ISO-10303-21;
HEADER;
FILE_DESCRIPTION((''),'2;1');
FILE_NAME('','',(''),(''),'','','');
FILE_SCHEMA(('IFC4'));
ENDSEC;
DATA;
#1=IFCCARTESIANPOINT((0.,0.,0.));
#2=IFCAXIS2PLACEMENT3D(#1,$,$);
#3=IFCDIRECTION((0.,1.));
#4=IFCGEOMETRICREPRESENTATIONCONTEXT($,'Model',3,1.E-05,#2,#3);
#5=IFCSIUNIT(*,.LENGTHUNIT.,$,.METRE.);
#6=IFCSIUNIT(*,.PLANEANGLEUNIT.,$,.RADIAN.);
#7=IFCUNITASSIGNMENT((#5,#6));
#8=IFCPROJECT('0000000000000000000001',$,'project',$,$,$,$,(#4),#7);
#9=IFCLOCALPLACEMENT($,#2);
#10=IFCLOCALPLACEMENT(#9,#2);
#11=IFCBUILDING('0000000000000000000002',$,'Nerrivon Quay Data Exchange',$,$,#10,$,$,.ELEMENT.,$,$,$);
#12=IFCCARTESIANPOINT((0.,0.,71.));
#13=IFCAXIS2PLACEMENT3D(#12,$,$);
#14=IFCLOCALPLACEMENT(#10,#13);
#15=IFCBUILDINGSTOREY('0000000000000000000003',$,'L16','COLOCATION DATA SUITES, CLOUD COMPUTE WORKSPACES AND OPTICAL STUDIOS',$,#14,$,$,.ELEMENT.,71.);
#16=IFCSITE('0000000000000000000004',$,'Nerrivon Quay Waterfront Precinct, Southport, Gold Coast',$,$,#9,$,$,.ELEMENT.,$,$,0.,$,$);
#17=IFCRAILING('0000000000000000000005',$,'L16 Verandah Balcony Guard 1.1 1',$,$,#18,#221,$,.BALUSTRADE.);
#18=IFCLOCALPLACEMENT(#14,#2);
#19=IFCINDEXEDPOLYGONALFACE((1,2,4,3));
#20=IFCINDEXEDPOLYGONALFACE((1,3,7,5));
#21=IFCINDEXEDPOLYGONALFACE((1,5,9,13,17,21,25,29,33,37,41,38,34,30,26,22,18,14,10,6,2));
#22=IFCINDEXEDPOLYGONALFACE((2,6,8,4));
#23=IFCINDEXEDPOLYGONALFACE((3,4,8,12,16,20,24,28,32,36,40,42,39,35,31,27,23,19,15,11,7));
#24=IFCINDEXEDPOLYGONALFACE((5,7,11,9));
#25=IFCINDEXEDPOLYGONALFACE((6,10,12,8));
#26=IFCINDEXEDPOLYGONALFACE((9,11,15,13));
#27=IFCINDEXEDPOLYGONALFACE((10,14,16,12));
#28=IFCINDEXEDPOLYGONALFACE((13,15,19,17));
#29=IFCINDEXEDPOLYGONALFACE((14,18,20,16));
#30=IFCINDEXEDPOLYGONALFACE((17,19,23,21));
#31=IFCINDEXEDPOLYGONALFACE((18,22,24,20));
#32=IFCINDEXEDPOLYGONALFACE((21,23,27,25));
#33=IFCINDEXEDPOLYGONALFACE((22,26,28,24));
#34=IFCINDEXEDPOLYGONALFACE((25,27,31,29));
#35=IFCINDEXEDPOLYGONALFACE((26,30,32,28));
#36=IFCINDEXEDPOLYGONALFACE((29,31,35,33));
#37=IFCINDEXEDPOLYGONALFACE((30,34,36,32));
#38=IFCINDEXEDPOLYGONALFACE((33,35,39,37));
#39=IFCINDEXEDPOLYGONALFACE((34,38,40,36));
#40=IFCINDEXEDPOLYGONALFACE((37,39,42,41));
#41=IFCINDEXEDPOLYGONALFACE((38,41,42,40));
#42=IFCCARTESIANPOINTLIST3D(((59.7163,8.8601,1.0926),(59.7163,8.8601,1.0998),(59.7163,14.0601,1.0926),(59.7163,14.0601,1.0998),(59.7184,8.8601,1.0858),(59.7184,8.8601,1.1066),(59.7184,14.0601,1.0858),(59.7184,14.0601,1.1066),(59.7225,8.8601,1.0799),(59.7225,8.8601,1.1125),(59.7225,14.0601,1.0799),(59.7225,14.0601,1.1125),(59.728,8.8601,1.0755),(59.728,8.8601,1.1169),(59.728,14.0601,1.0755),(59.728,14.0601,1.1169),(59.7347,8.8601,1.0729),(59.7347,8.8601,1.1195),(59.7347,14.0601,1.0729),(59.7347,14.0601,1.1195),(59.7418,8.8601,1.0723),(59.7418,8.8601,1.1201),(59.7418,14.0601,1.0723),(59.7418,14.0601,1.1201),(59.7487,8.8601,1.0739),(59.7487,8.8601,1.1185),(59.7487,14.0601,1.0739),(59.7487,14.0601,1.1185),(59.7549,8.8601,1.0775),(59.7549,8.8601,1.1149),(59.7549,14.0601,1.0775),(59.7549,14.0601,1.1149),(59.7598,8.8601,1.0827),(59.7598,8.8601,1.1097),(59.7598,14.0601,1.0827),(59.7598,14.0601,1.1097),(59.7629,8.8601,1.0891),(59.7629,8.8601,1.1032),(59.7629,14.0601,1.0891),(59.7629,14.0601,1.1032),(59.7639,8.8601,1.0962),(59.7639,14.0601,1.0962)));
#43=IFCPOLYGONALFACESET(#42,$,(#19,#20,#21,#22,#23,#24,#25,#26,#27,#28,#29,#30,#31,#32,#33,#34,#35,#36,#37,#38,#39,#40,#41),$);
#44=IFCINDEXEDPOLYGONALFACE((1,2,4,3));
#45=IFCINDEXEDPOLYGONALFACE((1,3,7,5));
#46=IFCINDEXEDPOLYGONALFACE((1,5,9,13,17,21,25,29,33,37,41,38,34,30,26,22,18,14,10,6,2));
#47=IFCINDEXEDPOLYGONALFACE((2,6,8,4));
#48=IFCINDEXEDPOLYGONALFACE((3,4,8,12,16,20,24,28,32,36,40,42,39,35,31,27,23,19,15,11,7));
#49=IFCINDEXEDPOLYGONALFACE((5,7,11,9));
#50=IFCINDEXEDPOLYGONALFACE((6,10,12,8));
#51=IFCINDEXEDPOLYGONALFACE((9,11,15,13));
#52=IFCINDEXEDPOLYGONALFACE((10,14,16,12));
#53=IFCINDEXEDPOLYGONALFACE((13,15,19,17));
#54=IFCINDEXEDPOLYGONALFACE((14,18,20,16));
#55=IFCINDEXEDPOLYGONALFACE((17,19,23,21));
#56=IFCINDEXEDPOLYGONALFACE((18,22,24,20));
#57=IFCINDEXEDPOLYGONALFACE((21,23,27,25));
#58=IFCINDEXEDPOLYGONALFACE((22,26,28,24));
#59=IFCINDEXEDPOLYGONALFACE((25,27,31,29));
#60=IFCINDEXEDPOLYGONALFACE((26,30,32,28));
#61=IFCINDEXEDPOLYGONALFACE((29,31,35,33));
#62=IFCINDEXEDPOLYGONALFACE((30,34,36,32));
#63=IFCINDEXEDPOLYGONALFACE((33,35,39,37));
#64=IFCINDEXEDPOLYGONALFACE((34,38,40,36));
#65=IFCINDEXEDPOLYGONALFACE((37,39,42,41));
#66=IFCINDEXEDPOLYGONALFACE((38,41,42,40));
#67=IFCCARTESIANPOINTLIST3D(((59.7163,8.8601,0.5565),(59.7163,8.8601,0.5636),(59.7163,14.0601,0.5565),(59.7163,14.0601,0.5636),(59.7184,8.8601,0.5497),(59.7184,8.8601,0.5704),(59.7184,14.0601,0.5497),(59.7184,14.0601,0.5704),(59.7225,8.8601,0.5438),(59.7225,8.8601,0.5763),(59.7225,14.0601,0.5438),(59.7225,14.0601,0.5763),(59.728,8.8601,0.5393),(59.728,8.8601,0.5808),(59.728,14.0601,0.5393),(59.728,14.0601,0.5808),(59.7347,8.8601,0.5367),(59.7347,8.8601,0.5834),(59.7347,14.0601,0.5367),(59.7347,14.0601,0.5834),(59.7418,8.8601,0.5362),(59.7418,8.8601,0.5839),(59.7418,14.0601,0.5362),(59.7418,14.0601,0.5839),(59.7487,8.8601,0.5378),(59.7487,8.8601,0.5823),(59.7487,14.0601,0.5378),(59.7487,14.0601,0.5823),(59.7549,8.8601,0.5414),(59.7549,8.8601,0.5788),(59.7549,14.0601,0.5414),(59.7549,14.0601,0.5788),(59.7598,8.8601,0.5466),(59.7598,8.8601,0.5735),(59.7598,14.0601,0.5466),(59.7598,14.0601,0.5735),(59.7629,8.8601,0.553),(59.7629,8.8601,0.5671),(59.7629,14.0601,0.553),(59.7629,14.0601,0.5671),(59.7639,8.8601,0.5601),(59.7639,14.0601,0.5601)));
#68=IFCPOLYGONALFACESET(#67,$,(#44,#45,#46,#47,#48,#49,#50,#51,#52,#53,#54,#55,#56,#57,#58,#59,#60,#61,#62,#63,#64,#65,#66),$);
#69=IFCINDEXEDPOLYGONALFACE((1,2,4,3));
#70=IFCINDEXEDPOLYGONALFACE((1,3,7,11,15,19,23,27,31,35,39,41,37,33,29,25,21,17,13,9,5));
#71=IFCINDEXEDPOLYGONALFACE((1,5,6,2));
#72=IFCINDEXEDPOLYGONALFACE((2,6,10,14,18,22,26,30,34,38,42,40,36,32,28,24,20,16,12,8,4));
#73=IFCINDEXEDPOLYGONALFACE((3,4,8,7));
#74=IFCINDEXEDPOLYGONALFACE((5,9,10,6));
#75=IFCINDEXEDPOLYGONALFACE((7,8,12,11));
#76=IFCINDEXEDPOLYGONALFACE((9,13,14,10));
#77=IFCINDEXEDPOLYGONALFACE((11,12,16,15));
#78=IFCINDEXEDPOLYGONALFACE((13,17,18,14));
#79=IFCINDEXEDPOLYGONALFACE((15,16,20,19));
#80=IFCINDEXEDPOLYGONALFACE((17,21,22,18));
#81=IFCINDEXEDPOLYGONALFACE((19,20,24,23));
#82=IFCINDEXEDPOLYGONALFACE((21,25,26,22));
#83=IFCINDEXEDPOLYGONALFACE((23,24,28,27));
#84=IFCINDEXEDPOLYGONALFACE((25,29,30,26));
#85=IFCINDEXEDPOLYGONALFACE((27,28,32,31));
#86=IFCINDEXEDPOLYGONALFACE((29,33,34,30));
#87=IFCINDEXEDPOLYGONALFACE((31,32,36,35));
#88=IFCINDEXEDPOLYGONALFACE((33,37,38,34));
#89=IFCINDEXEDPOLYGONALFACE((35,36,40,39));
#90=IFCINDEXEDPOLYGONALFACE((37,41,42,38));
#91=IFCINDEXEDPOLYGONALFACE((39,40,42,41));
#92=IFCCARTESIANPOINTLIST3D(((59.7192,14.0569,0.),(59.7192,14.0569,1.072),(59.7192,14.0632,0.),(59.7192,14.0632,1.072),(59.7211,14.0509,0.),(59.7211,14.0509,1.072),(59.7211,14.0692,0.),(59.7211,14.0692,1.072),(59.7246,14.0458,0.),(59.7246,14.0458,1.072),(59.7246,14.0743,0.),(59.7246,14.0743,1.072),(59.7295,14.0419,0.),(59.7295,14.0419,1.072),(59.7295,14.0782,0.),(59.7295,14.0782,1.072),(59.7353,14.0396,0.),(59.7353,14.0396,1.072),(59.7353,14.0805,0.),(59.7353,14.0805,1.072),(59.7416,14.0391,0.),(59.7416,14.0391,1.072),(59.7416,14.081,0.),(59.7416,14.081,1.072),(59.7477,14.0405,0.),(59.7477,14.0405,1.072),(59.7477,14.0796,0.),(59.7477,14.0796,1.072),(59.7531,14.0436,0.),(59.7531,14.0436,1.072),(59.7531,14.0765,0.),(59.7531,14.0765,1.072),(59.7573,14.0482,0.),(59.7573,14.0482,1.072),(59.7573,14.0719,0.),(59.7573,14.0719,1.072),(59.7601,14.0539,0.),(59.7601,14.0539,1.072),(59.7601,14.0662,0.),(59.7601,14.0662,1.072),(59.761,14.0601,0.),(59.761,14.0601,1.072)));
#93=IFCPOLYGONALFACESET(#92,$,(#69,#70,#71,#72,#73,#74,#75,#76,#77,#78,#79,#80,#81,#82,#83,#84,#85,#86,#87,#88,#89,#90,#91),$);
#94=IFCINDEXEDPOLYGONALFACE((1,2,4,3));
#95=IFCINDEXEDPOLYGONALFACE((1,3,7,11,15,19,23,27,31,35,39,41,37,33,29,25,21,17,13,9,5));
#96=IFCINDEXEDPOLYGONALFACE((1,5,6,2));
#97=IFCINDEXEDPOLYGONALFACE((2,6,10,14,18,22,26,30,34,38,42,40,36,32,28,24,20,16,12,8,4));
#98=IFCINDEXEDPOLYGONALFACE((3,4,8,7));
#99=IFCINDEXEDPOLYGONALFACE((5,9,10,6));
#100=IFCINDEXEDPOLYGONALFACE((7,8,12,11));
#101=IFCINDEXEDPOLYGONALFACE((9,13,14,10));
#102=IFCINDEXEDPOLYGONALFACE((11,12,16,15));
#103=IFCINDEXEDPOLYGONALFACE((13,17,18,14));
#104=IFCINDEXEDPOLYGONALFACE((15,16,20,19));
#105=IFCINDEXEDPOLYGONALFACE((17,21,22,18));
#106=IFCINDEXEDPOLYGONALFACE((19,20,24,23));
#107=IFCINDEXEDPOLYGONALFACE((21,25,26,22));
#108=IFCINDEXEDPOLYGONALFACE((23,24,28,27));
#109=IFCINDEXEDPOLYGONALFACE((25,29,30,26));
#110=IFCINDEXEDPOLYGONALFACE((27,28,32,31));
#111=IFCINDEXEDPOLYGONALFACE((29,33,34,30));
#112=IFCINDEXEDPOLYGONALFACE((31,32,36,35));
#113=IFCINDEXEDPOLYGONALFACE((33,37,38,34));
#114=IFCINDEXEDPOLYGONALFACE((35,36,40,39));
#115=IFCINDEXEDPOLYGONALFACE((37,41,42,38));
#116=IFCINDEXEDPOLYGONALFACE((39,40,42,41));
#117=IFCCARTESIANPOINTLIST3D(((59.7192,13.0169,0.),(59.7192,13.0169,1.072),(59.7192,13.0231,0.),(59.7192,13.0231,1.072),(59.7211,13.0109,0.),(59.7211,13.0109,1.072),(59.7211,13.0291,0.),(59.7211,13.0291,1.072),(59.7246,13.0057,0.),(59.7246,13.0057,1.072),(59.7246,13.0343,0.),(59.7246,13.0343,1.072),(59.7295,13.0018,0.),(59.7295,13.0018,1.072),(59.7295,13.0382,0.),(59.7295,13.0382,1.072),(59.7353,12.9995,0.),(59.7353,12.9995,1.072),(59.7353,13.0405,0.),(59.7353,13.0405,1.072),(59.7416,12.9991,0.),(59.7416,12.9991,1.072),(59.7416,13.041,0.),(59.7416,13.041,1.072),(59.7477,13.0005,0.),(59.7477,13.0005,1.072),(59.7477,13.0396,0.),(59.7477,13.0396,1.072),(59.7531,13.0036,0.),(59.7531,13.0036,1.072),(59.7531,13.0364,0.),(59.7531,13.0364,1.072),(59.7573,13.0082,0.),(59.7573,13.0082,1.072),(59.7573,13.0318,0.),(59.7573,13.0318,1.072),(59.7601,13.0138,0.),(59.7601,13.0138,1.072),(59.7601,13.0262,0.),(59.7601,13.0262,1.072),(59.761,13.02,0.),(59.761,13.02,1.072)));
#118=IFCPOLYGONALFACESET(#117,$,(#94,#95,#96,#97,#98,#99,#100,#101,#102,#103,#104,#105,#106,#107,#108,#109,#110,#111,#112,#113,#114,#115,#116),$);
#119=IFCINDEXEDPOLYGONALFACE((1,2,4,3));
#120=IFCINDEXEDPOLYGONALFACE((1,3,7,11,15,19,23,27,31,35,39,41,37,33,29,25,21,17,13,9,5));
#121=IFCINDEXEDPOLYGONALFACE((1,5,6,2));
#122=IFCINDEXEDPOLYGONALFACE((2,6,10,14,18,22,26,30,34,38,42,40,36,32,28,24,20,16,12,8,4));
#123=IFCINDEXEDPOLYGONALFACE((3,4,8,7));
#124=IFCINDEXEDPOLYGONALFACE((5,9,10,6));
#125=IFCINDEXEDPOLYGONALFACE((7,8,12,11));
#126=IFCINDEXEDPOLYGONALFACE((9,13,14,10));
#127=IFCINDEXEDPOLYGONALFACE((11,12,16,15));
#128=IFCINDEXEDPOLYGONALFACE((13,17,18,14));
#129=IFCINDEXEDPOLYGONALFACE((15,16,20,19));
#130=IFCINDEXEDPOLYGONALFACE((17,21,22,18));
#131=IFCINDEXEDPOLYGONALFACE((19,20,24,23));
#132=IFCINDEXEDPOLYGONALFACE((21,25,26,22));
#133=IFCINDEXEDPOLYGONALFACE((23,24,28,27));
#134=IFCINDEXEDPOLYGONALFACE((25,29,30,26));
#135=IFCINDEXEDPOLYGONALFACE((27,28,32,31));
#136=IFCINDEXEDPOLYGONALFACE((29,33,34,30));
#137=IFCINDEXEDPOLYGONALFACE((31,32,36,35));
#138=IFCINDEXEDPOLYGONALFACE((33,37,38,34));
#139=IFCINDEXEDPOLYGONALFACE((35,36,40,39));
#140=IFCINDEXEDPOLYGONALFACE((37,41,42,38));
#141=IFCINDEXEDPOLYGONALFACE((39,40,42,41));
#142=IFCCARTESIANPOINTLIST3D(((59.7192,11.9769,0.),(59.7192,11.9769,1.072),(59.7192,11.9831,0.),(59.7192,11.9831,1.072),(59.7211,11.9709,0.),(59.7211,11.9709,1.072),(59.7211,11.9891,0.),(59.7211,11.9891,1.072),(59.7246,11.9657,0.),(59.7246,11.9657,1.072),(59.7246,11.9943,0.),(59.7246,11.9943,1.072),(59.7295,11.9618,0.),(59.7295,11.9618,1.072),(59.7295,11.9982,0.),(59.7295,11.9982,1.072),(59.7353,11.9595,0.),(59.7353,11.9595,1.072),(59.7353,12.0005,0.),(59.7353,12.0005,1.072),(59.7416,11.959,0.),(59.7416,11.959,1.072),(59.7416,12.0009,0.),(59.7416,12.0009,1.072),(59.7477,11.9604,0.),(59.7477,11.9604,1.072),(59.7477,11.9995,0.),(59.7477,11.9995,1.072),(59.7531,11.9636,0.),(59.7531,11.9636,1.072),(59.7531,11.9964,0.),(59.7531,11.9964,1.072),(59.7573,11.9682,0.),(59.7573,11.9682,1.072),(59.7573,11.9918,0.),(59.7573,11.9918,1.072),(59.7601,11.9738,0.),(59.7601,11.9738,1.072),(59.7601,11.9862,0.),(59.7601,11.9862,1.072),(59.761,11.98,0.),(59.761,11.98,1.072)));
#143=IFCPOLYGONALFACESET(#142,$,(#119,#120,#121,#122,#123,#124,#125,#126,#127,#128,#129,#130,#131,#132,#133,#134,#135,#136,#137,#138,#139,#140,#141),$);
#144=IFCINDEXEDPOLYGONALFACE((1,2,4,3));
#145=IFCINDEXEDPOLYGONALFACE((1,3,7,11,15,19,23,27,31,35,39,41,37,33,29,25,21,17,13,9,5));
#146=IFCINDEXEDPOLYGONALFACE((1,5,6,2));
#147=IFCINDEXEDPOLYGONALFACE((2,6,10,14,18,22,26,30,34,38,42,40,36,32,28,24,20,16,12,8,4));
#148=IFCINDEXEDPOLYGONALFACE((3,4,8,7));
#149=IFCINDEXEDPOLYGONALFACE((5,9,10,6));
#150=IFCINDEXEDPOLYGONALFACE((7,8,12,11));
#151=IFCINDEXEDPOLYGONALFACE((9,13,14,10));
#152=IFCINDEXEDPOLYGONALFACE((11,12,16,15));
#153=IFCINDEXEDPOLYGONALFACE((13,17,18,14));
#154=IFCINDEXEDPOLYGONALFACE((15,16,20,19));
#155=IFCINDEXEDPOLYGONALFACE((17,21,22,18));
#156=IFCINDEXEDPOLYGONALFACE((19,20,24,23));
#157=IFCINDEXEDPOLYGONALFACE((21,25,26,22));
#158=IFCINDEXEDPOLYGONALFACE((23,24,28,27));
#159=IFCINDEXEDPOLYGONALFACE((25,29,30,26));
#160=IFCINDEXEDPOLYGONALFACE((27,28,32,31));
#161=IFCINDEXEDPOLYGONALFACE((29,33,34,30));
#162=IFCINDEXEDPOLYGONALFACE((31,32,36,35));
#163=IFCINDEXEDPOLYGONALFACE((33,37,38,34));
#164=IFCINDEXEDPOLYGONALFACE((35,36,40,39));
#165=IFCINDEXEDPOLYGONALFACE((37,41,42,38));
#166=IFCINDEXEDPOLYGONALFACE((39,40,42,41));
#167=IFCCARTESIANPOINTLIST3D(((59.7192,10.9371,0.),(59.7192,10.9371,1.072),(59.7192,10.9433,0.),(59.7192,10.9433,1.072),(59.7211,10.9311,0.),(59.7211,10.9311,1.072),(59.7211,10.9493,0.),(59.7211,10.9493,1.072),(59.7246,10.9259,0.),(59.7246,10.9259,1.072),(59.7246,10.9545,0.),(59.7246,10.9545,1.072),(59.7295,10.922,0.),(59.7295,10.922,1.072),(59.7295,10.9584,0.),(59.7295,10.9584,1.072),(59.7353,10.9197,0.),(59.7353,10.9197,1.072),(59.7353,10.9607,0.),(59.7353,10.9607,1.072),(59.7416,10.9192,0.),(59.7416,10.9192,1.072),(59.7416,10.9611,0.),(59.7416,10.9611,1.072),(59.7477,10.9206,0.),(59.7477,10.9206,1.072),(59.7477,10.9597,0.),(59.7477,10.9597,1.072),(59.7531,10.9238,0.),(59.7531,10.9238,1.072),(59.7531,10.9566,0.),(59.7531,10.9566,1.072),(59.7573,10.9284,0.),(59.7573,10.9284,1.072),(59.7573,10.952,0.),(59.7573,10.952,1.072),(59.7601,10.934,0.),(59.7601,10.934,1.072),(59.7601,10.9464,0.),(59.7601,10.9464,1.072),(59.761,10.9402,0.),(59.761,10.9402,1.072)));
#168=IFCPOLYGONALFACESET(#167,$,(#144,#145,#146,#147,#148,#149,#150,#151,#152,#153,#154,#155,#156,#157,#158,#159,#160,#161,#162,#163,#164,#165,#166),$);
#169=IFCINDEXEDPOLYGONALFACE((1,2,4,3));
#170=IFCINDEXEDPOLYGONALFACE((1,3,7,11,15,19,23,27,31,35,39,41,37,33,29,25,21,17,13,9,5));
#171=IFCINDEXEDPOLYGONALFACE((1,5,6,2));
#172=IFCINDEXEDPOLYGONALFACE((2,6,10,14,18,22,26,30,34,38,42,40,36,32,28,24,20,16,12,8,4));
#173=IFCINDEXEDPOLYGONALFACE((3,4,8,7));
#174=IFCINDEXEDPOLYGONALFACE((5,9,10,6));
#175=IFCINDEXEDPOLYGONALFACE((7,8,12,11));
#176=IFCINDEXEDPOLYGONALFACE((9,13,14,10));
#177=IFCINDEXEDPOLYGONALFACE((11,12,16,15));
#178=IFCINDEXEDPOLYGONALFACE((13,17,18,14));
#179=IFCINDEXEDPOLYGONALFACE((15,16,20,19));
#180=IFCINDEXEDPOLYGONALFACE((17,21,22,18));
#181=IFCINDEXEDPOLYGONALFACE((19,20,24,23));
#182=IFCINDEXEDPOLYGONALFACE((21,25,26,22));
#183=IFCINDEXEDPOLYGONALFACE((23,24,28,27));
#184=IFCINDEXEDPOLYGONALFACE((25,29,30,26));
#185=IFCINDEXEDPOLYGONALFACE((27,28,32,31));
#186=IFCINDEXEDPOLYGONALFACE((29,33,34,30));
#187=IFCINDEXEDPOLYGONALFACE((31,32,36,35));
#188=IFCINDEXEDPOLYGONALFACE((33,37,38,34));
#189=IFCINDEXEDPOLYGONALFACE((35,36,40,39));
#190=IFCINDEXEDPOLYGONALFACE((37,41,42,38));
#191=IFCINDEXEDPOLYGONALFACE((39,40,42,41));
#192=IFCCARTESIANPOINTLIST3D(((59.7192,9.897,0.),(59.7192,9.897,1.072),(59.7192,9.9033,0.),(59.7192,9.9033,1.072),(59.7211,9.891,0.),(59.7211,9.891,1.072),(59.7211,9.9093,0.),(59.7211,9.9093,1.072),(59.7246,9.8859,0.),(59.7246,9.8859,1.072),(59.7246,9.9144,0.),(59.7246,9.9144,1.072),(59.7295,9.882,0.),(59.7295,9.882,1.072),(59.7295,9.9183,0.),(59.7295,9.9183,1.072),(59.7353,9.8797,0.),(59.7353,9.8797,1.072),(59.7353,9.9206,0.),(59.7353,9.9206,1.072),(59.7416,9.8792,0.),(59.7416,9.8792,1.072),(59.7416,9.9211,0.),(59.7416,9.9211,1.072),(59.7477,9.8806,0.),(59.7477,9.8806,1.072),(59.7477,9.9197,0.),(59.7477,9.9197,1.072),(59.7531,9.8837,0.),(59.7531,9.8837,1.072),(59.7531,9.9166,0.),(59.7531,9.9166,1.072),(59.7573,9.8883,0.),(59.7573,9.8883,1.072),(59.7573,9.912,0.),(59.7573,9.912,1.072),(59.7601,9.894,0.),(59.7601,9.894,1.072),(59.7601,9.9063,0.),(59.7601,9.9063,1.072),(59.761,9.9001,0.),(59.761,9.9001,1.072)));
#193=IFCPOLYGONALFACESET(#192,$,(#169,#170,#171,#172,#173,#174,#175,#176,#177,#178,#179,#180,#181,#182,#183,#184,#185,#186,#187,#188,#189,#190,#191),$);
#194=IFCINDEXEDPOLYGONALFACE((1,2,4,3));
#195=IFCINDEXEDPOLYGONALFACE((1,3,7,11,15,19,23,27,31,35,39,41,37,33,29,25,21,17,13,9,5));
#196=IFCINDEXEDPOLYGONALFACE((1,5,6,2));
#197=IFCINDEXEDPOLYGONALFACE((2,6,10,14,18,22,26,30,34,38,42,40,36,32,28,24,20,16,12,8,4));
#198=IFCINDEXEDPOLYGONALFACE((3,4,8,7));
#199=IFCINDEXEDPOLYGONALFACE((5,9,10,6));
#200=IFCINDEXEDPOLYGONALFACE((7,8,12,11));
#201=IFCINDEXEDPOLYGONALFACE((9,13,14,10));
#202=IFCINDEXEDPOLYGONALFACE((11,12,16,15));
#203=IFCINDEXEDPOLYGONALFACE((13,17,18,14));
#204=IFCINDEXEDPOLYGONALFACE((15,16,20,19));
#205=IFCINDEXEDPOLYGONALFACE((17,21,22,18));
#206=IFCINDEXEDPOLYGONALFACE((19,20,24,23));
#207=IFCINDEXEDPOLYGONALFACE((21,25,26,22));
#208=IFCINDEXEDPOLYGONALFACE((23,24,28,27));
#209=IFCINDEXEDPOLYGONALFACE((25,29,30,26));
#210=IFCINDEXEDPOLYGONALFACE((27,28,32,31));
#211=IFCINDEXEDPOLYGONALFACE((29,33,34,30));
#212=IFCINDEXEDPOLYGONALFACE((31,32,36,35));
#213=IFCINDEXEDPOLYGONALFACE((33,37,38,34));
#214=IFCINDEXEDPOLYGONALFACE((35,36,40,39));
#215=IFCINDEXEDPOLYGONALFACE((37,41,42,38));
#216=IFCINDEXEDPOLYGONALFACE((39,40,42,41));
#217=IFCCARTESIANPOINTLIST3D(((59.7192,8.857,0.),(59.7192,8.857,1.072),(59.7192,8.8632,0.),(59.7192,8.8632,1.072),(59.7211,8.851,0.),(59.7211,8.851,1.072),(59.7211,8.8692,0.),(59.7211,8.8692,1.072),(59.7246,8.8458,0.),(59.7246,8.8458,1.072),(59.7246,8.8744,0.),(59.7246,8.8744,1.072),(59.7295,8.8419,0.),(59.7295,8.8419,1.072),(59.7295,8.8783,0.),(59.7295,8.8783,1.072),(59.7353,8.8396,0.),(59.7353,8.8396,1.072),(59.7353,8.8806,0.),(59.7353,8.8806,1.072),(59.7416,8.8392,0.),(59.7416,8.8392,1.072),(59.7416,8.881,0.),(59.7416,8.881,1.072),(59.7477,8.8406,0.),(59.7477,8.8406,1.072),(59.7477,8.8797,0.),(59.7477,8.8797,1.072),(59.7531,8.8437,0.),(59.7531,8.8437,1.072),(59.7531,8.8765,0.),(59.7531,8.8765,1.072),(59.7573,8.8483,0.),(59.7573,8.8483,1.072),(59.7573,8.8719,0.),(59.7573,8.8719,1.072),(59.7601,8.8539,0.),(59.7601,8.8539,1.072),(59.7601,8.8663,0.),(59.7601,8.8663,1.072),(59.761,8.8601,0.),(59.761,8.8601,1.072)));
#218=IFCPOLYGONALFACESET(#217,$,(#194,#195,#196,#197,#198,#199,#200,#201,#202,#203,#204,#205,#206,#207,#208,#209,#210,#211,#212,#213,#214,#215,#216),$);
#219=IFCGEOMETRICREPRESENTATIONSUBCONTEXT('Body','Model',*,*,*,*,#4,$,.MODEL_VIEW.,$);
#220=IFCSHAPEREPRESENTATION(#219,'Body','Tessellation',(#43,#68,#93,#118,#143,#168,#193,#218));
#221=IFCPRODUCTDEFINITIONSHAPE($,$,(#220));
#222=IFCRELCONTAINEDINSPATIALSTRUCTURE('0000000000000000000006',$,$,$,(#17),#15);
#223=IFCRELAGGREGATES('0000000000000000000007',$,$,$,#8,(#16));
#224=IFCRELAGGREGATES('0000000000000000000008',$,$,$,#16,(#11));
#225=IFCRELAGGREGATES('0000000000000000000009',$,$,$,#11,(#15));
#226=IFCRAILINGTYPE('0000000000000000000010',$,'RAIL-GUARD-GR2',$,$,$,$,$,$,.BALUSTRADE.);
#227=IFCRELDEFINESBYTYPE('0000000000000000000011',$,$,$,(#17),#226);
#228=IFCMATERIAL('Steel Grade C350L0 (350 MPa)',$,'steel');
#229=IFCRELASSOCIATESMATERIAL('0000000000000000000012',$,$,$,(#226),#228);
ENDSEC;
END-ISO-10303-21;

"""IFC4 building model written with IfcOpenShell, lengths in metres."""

from ifc_helpers import new_model, si_unit, direction, frame, origin, origin_2d, place, context, subcontext, project, spatial, circle, extrude, material, type_object, element, save


model = new_model("IFC4")

# Units and contexts
model_context = context("Model", 3, precision=1e-05, world=origin(), true_north=direction((0.0, 1.0)))
body_context = subcontext(model_context, "Body", "Model", "MODEL_VIEW")
ifc_project = project(units=[si_unit("LENGTHUNIT", "METRE"), si_unit("PLANEANGLEUNIT", "RADIAN")], contexts=[model_context])

# Site, building, storey
site_placement = place(None, origin())
site = spatial("IfcSite", under=ifc_project, at=site_placement, Name="Nerrivon Quay Waterfront Precinct, Southport, Gold Coast", CompositionType="ELEMENT", RefElevation=0.0)
building_placement = place(site_placement, origin())
building = spatial("IfcBuilding", under=site, at=building_placement, Name="Nerrivon Quay Data Exchange", CompositionType="ELEMENT")
storey_placement = place(building_placement, frame((0.0, 0.0, 71.0)))
storey = spatial("IfcBuildingStorey", under=building, at=storey_placement, Name="L16", Description="COLOCATION DATA SUITES, CLOUD COMPUTE WORKSPACES AND OPTICAL STUDIOS", CompositionType="ELEMENT", Elevation=71.0)

# Railing
ifc_material_1 = material(Name="Steel Grade C350L0 (350 MPa)", Category="steel")
railing_type = type_object("IfcRailingType", Name="RAIL-GUARD-GR2", PredefinedType="BALUSTRADE", material=ifc_material_1)
railing_1_placement = place(storey_placement, frame((59.74, 14.0601, 0.0)))
element("IfcRailing", 1, at=railing_1_placement, inside=storey, type_object=railing_type, Name="L16 Verandah Balcony Guard 1.1 1", PredefinedType="BALUSTRADE", context=body_context, shape_type="SweptSolid", body=[
    extrude(circle(Radius=0.0239, at=origin_2d()), frame((0.0, 0.0, 1.0962), z_axis=(0.0, -1.0, 0.0), x_axis=(1.0, 0.0, 0.0)), (0.0, 0.0, 1.0), 5.2),
    extrude(circle(Radius=0.0239, at=origin_2d()), frame((0.0, 0.0, 0.5601), z_axis=(0.0, -1.0, 0.0), x_axis=(1.0, 0.0, 0.0)), (0.0, 0.0, 1.0), 5.2),
    extrude(circle(Radius=0.021, at=origin_2d()), origin(), (0.0, 0.0, 1.0), 1.072),
    extrude(circle(Radius=0.021, at=origin_2d()), frame((0.0, -1.04, 0.0)), (0.0, 0.0, 1.0), 1.072),
    extrude(circle(Radius=0.021, at=origin_2d()), frame((0.0, -2.0801, 0.0)), (0.0, 0.0, 1.0), 1.072),
    extrude(circle(Radius=0.021, at=origin_2d()), frame((0.0, -3.1199, 0.0)), (0.0, 0.0, 1.0), 1.072),
    extrude(circle(Radius=0.021, at=origin_2d()), frame((0.0, -4.1599, 0.0)), (0.0, 0.0, 1.0), 1.072),
    extrude(circle(Radius=0.021, at=origin_2d()), frame((0.0, -5.2, 0.0)), (0.0, 0.0, 1.0), 1.072),
])

save(model, "model.ifc")
